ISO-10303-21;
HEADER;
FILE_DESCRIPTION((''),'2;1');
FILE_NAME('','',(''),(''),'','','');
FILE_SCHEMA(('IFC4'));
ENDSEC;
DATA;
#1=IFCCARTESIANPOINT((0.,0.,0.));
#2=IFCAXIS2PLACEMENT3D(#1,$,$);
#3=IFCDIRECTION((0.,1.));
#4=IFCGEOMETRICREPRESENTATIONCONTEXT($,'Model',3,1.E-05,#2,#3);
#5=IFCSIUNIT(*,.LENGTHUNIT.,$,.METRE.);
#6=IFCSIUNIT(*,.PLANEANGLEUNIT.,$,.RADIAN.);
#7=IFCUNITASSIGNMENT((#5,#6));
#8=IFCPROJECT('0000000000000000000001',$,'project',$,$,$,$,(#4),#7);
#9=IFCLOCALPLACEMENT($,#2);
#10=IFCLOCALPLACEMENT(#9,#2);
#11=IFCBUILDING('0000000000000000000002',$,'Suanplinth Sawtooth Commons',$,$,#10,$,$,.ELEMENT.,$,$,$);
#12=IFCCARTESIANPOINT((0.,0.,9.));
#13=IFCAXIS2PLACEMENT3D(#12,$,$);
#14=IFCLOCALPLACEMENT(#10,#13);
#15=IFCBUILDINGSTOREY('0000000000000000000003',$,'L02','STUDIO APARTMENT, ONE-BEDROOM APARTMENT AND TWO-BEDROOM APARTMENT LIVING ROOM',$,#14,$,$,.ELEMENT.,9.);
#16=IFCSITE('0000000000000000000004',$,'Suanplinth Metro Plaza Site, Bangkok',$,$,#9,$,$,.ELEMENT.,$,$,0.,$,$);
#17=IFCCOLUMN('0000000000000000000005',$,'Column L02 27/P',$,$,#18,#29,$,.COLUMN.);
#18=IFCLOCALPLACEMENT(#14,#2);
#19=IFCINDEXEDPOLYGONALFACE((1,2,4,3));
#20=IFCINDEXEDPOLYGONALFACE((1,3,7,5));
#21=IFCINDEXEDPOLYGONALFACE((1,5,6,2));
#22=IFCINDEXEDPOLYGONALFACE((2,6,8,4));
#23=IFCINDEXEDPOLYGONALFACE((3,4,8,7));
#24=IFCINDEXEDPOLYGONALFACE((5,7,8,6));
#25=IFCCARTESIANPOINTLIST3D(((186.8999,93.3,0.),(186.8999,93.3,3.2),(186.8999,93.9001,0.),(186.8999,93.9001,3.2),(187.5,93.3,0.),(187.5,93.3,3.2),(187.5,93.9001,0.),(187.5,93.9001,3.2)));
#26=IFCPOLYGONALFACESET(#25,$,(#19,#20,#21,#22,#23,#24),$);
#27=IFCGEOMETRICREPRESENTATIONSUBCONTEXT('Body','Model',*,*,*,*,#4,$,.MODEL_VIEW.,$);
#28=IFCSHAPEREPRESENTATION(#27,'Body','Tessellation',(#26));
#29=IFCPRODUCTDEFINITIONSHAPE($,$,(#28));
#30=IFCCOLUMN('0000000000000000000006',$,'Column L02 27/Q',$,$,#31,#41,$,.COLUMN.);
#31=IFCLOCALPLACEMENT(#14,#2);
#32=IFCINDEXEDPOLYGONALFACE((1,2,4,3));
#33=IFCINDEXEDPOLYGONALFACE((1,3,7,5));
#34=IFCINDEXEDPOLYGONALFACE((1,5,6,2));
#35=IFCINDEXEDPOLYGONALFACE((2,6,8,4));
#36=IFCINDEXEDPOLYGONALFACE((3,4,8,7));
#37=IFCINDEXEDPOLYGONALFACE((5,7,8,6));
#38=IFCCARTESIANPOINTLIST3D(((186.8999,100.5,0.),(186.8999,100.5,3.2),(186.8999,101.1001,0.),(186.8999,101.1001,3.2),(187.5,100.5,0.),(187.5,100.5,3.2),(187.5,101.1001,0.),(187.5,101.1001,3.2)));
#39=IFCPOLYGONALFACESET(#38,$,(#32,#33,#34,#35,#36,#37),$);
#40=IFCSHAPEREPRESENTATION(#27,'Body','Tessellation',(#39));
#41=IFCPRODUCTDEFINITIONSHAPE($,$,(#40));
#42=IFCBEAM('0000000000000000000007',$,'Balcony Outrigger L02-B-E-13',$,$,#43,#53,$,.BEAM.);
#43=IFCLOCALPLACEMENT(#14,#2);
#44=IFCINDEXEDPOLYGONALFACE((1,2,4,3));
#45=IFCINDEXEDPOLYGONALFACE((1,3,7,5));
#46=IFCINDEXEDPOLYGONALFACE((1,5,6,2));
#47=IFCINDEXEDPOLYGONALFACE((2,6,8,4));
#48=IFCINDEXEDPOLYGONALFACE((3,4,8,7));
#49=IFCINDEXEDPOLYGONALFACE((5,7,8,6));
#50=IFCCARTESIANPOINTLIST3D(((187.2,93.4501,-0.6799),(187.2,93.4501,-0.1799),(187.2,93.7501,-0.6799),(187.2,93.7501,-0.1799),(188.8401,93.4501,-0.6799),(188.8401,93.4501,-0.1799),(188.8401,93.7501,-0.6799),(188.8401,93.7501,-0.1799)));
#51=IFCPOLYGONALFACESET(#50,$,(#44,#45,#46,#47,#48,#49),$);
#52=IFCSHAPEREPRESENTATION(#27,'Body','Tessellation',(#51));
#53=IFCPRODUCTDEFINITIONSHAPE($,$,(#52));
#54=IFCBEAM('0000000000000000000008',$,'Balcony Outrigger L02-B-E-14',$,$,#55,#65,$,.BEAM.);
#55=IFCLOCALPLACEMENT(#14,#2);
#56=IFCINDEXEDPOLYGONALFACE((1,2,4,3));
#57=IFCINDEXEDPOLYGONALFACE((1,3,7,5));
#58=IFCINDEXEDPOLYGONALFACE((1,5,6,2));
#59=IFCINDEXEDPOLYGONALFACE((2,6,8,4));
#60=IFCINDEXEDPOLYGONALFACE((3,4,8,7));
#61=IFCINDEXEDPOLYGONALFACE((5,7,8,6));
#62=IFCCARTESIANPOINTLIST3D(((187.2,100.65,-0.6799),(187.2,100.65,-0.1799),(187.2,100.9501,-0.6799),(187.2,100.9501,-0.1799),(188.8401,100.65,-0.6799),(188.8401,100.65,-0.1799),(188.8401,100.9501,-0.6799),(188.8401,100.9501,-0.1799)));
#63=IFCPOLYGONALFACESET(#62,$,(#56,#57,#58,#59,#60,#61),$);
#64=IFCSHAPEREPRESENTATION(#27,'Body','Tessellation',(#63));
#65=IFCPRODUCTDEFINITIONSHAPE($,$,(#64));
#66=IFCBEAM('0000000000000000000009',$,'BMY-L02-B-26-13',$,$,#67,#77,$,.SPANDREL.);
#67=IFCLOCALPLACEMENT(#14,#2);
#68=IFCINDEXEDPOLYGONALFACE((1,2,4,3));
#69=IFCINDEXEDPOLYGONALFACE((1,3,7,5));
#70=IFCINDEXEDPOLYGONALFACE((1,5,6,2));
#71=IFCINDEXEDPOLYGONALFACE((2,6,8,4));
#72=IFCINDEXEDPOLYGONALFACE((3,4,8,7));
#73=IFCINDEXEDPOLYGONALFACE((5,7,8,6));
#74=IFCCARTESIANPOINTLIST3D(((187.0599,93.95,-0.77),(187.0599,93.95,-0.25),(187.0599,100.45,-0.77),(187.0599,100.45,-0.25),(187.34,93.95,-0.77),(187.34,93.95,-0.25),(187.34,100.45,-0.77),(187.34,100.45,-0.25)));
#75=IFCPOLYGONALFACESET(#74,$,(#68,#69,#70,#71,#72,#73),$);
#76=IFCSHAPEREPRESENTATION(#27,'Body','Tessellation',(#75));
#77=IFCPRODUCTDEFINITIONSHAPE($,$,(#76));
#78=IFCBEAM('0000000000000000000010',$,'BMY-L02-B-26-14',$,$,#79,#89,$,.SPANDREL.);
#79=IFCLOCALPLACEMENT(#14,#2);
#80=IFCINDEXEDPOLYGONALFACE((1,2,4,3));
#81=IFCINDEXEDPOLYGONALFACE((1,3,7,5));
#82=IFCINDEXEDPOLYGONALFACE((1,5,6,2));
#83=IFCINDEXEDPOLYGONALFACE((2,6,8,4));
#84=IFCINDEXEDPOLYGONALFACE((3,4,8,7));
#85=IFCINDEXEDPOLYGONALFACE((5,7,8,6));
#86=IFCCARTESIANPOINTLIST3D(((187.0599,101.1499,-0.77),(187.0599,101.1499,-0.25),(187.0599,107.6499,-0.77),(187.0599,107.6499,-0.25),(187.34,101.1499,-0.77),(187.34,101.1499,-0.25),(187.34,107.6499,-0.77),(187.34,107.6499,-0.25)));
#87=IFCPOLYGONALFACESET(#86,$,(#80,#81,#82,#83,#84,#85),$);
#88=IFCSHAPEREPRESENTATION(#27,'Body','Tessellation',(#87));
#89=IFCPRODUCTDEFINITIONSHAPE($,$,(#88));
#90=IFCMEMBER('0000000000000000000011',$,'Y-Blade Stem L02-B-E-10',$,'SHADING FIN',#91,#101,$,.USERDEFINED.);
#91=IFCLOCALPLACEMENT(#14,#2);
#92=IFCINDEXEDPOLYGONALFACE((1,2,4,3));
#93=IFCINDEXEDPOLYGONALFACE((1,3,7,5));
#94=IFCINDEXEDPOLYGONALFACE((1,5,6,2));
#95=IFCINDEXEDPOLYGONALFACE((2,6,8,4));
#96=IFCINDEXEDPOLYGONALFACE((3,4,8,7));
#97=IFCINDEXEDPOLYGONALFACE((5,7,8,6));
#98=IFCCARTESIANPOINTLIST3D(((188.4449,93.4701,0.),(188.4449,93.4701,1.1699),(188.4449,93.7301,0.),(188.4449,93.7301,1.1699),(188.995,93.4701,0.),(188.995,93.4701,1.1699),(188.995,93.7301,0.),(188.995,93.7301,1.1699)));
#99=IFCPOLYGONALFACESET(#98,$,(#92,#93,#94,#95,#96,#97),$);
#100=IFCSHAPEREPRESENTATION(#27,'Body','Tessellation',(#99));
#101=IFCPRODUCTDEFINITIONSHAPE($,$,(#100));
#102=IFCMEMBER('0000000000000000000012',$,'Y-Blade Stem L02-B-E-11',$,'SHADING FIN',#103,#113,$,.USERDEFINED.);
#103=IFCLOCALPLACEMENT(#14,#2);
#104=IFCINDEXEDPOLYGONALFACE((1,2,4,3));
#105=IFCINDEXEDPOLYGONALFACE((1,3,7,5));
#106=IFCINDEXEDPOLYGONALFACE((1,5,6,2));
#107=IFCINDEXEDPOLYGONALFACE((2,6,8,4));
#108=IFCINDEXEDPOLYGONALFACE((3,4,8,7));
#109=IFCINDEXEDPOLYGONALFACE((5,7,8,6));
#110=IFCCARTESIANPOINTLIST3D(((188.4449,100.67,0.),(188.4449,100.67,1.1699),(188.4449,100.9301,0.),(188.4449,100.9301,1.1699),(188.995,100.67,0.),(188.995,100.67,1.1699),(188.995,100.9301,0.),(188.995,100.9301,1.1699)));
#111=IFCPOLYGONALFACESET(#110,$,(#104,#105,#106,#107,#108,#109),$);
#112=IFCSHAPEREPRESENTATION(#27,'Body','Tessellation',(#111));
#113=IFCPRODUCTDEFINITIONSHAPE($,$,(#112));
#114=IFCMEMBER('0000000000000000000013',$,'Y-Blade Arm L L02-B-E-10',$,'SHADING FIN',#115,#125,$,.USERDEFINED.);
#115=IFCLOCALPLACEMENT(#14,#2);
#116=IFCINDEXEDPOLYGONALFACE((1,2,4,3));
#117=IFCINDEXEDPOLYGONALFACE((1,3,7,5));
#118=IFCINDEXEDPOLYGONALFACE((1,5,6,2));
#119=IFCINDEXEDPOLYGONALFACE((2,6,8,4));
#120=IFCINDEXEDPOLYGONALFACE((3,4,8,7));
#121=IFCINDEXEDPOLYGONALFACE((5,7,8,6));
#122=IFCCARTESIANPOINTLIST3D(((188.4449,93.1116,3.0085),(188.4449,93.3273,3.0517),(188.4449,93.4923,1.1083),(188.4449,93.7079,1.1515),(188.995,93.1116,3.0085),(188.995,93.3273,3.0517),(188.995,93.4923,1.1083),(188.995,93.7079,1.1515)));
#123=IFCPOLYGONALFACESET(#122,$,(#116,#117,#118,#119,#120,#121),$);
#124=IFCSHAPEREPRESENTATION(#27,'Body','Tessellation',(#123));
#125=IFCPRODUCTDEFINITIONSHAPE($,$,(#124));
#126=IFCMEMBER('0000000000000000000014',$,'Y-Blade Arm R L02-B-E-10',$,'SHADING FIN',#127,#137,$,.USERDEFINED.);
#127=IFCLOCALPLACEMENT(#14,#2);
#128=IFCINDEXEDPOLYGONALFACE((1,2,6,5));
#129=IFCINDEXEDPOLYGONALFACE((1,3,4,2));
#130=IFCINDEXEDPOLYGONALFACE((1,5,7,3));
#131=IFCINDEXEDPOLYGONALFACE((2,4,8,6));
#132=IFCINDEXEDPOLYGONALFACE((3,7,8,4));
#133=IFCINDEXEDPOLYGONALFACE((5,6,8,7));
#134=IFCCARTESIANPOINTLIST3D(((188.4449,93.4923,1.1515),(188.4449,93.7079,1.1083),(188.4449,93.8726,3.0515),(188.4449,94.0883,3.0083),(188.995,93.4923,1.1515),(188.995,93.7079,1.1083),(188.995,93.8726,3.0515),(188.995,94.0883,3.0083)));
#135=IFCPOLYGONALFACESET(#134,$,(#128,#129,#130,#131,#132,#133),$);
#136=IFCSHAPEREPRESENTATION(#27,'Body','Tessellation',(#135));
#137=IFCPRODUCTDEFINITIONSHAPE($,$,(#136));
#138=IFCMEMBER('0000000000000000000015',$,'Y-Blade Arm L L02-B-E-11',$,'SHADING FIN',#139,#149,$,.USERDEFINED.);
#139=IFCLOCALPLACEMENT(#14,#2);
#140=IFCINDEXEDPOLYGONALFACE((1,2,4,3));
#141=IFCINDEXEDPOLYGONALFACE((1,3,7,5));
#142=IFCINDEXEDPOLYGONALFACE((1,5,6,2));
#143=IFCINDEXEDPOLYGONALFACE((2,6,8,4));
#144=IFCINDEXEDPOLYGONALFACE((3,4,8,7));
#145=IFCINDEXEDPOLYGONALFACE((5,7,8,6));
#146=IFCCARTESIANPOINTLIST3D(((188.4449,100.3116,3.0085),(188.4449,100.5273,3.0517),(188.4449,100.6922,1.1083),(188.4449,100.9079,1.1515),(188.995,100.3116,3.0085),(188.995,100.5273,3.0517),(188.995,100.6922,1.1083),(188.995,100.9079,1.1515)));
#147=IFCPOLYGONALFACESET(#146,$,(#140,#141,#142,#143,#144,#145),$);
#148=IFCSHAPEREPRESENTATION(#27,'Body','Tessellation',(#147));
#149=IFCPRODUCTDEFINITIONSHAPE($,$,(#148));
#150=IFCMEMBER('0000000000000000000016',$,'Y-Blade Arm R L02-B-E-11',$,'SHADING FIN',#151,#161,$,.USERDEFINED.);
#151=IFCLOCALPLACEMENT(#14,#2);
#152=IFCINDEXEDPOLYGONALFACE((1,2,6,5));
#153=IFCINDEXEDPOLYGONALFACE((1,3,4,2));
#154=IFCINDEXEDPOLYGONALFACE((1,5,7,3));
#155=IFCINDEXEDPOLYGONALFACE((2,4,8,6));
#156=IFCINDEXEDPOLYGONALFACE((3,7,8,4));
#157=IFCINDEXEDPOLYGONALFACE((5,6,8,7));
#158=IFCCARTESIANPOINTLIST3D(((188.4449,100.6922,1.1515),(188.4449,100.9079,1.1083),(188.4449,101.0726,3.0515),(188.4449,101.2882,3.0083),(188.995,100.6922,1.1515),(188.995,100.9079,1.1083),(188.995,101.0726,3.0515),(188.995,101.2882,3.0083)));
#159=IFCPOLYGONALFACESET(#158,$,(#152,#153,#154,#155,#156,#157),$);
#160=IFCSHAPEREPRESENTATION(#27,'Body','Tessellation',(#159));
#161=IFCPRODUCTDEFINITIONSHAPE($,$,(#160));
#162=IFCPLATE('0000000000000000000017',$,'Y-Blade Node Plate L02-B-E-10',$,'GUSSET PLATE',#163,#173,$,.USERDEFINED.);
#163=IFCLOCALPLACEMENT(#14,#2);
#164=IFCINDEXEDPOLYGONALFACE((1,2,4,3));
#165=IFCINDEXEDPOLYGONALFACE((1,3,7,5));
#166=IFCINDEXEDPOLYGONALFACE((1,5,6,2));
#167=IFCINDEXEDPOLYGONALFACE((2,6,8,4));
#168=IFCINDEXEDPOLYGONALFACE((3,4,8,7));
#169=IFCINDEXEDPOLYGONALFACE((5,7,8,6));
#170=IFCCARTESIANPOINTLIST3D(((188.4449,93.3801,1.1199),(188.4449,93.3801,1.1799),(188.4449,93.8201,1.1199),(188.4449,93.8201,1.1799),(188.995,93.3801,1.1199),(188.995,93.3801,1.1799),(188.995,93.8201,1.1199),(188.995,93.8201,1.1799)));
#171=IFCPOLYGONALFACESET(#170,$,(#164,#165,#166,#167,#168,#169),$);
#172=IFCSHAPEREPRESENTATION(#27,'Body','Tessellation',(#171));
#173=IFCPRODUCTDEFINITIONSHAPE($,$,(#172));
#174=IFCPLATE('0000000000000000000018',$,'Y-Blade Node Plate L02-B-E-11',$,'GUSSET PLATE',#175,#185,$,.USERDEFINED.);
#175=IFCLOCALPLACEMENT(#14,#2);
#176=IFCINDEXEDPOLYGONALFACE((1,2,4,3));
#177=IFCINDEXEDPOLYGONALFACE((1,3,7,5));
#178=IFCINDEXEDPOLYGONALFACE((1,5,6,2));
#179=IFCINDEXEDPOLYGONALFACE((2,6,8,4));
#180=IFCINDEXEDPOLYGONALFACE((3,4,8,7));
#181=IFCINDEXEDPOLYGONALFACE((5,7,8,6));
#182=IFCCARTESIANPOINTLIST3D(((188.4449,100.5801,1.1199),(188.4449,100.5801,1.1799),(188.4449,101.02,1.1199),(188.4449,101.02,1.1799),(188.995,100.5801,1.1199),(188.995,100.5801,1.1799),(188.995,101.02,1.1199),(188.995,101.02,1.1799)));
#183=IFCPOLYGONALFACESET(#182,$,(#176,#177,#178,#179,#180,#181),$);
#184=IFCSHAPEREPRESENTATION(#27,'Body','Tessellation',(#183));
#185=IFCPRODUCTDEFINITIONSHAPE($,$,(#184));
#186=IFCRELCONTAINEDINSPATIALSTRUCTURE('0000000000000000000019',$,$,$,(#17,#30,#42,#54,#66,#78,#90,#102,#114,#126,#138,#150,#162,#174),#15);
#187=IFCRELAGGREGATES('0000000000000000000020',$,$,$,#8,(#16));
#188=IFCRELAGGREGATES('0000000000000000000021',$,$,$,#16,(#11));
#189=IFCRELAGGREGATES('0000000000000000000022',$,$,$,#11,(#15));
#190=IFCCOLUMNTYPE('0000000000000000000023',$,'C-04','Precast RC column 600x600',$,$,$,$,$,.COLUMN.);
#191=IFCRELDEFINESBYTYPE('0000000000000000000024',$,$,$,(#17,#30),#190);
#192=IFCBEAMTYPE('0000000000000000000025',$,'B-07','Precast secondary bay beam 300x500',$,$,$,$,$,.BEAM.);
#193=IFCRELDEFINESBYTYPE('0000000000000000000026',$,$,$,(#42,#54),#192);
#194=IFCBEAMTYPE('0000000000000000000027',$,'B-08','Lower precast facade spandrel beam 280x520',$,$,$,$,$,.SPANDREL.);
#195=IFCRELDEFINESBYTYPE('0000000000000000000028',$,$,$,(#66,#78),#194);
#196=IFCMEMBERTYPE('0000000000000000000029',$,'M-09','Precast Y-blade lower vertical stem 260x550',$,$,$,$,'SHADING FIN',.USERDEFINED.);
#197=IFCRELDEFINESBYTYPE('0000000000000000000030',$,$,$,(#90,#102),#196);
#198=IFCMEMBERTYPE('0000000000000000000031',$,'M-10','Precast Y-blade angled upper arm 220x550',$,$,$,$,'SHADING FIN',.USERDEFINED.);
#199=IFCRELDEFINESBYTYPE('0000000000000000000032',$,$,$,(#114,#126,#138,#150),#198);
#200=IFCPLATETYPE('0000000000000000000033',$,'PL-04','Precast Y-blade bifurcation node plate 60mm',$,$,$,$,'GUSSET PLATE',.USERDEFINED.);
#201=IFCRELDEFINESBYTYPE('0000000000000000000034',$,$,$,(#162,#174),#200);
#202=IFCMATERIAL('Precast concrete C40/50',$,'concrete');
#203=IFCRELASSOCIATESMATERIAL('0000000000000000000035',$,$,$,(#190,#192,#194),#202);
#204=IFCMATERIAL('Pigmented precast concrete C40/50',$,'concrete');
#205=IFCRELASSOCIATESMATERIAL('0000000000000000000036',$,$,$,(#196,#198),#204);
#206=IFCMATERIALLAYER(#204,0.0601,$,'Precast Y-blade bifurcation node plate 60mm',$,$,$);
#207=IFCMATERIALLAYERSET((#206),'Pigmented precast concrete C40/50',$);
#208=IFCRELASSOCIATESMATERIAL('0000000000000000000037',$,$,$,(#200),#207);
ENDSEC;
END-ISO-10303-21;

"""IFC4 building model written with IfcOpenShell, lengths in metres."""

from ifc_helpers import new_model, si_unit, direction, frame, origin, origin_2d, place, context, subcontext, project, spatial, rectangle, extrude, material, layer, layer_set, material_profile, profile_set, type_object, element, save


model = new_model("IFC4")

# Units and contexts
model_context = context("Model", 3, precision=1e-05, world=origin(), true_north=direction((0.0, 1.0)))
body_context = subcontext(model_context, "Body", "Model", "MODEL_VIEW")
ifc_project = project(units=[si_unit("LENGTHUNIT", "METRE"), si_unit("PLANEANGLEUNIT", "RADIAN")], contexts=[model_context])

# Site, building, storey
site_placement = place(None, origin())
site = spatial("IfcSite", under=ifc_project, at=site_placement, Name="Suanplinth Metro Plaza Site, Bangkok", CompositionType="ELEMENT", RefElevation=0.0)
building_placement = place(site_placement, origin())
building = spatial("IfcBuilding", under=site, at=building_placement, Name="Suanplinth Sawtooth Commons", CompositionType="ELEMENT")
storey_placement = place(building_placement, frame((0.0, 0.0, 9.0)))
storey = spatial("IfcBuildingStorey", under=building, at=storey_placement, Name="L02", Description="STUDIO APARTMENT, ONE-BEDROOM APARTMENT AND TWO-BEDROOM APARTMENT LIVING ROOM", CompositionType="ELEMENT", Elevation=9.0)

# Columns
ifc_material_1 = material(Name="Precast concrete C40/50", Category="concrete")
ifc_material_profile_1 = material_profile(ifc_material_1, rectangle(XDim=0.6001, YDim=0.6001, at=origin_2d()), Name="PC-COL 600x600")
ifc_profile_set_1 = profile_set([ifc_material_profile_1], Name="Precast concrete C40/50")
column_type = type_object("IfcColumnType", Name="C-04", Description="Precast RC column 600x600", PredefinedType="COLUMN", material=ifc_profile_set_1)
for number, where, z_axis, x_axis, name in (
    (1, (187.2, 93.6001, 0.0), (0.0, 0.0, 1.0), (1.0, 0.0, 0.0), "Column L02 27/P"),
    (2, (187.2, 100.8, 0.0), (0.0, 0.0, 1.0), (1.0, 0.0, 0.0), "Column L02 27/Q"),
):
    element("IfcColumn", number, at=place(storey_placement, frame(where, z_axis=z_axis, x_axis=x_axis)), inside=storey, type_object=column_type, Name=name, PredefinedType="COLUMN", context=body_context, shape_type="SweptSolid", body=[
        extrude(rectangle(XDim=0.6001, YDim=0.6001, at=origin_2d()), origin(), (0.0, 0.0, 1.0), 3.2),
    ])

# Beams
ifc_material_profile_2 = material_profile(ifc_material_1, rectangle(XDim=0.3, YDim=0.5, at=origin_2d()), Name="PC-BM 300x500")
ifc_profile_set_2 = profile_set([ifc_material_profile_2], Name="Precast concrete C40/50")
beam_type_1 = type_object("IfcBeamType", Name="B-07", Description="Precast secondary bay beam 300x500", PredefinedType="BEAM", material=ifc_profile_set_2)
for number, where, z_axis, x_axis, name in (
    (3, (187.2, 93.6001, -0.4299), (1.0, 0.0, 0.0), (0.0, 1.0, 0.0), "Balcony Outrigger L02-B-E-13"),
    (4, (187.2, 100.8, -0.4299), (1.0, 0.0, 0.0), (0.0, 1.0, 0.0), "Balcony Outrigger L02-B-E-14"),
):
    element("IfcBeam", number, at=place(storey_placement, frame(where, z_axis=z_axis, x_axis=x_axis)), inside=storey, type_object=beam_type_1, Name=name, PredefinedType="BEAM", context=body_context, shape_type="SweptSolid", body=[
        extrude(rectangle(XDim=0.3, YDim=0.5, at=origin_2d()), origin(), (0.0, 0.0, 1.0), 1.6401),
    ])
ifc_material_profile_3 = material_profile(ifc_material_1, rectangle(XDim=0.28, YDim=0.52, at=origin_2d()), Name="PC-SP 280x520")
ifc_profile_set_3 = profile_set([ifc_material_profile_3], Name="Precast concrete C40/50")
beam_type_2 = type_object("IfcBeamType", Name="B-08", Description="Lower precast facade spandrel beam 280x520", PredefinedType="SPANDREL", material=ifc_profile_set_3)
for number, where, z_axis, x_axis, name in (
    (5, (187.2, 93.95, -0.51), (0.0, 1.0, 0.0), (-1.0, 0.0, 0.0), "BMY-L02-B-26-13"),
    (6, (187.2, 101.1499, -0.51), (0.0, 1.0, 0.0), (-1.0, 0.0, 0.0), "BMY-L02-B-26-14"),
):
    element("IfcBeam", number, at=place(storey_placement, frame(where, z_axis=z_axis, x_axis=x_axis)), inside=storey, type_object=beam_type_2, Name=name, PredefinedType="SPANDREL", context=body_context, shape_type="SweptSolid", body=[
        extrude(rectangle(XDim=0.28, YDim=0.52, at=origin_2d()), origin(), (0.0, 0.0, 1.0), 6.5),
    ])

# Members
ifc_material_2 = material(Name="Pigmented precast concrete C40/50", Category="concrete")
ifc_material_profile_4 = material_profile(ifc_material_2, rectangle(XDim=0.26, YDim=0.55, at=origin_2d()), Name="PC-FIN 260x550")
ifc_profile_set_4 = profile_set([ifc_material_profile_4], Name="Pigmented precast concrete C40/50")
member_type_1 = type_object("IfcMemberType", Name="M-09", Description="Precast Y-blade lower vertical stem 260x550", ElementType="SHADING FIN", PredefinedType="USERDEFINED", material=ifc_profile_set_4)
for number, where, z_axis, x_axis, name in (
    (7, (188.72, 93.6001, 0.0), (0.0, 0.0, 1.0), (0.0, 1.0, 0.0), "Y-Blade Stem L02-B-E-10"),
    (8, (188.72, 100.8, 0.0), (0.0, 0.0, 1.0), (0.0, 1.0, 0.0), "Y-Blade Stem L02-B-E-11"),
):
    element("IfcMember", number, at=place(storey_placement, frame(where, z_axis=z_axis, x_axis=x_axis)), inside=storey, type_object=member_type_1, Name=name, ObjectType="SHADING FIN", PredefinedType="USERDEFINED", context=body_context, shape_type="SweptSolid", body=[
        extrude(rectangle(XDim=0.26, YDim=0.55, at=origin_2d()), origin(), (0.0, 0.0, 1.0), 1.1699),
    ])
ifc_material_profile_5 = material_profile(ifc_material_2, rectangle(XDim=0.22, YDim=0.55, at=origin_2d()), Name="PC-FIN 220x550")
ifc_profile_set_5 = profile_set([ifc_material_profile_5], Name="Pigmented precast concrete C40/50")
member_type_2 = type_object("IfcMemberType", Name="M-10", Description="Precast Y-blade angled upper arm 220x550", ElementType="SHADING FIN", PredefinedType="USERDEFINED", material=ifc_profile_set_5)
member_1_placement = place(storey_placement, frame((188.72, 93.6001, 1.1299), z_axis=(0.0, -0.196407, 0.980522), x_axis=(0.0, 0.980522, 0.196407)))
element("IfcMember", 9, at=member_1_placement, inside=storey, type_object=member_type_2, Name="Y-Blade Arm L L02-B-E-10", ObjectType="SHADING FIN", PredefinedType="USERDEFINED", context=body_context, shape_type="SweptSolid", body=[
    extrude(rectangle(XDim=0.22, YDim=0.55, at=origin_2d()), origin(), (0.0, 0.0, 1.0), 1.938),
])
member_2_placement = place(storey_placement, frame((188.72, 93.6001, 1.1299), z_axis=(0.0, 0.196286, 0.980547), x_axis=(0.0, -0.980547, 0.196286)))
element("IfcMember", 10, at=member_2_placement, inside=storey, type_object=member_type_2, Name="Y-Blade Arm R L02-B-E-10", ObjectType="SHADING FIN", PredefinedType="USERDEFINED", context=body_context, shape_type="SweptSolid", body=[
    extrude(rectangle(XDim=0.22, YDim=0.55, at=origin_2d()), origin(), (0.0, 0.0, 1.0), 1.9377),
])
member_3_placement = place(storey_placement, frame((188.72, 100.8, 1.1299), z_axis=(0.0, -0.196407, 0.980522), x_axis=(0.0, 0.980522, 0.196407)))
element("IfcMember", 11, at=member_3_placement, inside=storey, type_object=member_type_2, Name="Y-Blade Arm L L02-B-E-11", ObjectType="SHADING FIN", PredefinedType="USERDEFINED", context=body_context, shape_type="SweptSolid", body=[
    extrude(rectangle(XDim=0.22, YDim=0.55, at=origin_2d()), origin(), (0.0, 0.0, 1.0), 1.938),
])
member_4_placement = place(storey_placement, frame((188.72, 100.8, 1.1299), z_axis=(0.0, 0.196286, 0.980547), x_axis=(0.0, -0.980547, 0.196286)))
element("IfcMember", 12, at=member_4_placement, inside=storey, type_object=member_type_2, Name="Y-Blade Arm R L02-B-E-11", ObjectType="SHADING FIN", PredefinedType="USERDEFINED", context=body_context, shape_type="SweptSolid", body=[
    extrude(rectangle(XDim=0.22, YDim=0.55, at=origin_2d()), origin(), (0.0, 0.0, 1.0), 1.9377),
])

# Plates
ifc_layer_1 = layer(ifc_material_2, 0.0601, Name="Precast Y-blade bifurcation node plate 60mm")
ifc_layer_set_1 = layer_set([ifc_layer_1], Name="Pigmented precast concrete C40/50")
plate_type = type_object("IfcPlateType", Name="PL-04", Description="Precast Y-blade bifurcation node plate 60mm", ElementType="GUSSET PLATE", PredefinedType="USERDEFINED", material=ifc_layer_set_1)
for number, where, z_axis, x_axis, name in (
    (13, (188.72, 93.6001, 1.1199), (0.0, 0.0, 1.0), (0.0, 1.0, 0.0), "Y-Blade Node Plate L02-B-E-10"),
    (14, (188.72, 100.8, 1.1199), (0.0, 0.0, 1.0), (0.0, 1.0, 0.0), "Y-Blade Node Plate L02-B-E-11"),
):
    element("IfcPlate", number, at=place(storey_placement, frame(where, z_axis=z_axis, x_axis=x_axis)), inside=storey, type_object=plate_type, Name=name, ObjectType="GUSSET PLATE", PredefinedType="USERDEFINED", context=body_context, shape_type="SweptSolid", body=[
        extrude(rectangle(XDim=0.4399, YDim=0.55, at=origin_2d()), origin(), (0.0, 0.0, 1.0), 0.0601),
    ])

save(model, "model.ifc")
